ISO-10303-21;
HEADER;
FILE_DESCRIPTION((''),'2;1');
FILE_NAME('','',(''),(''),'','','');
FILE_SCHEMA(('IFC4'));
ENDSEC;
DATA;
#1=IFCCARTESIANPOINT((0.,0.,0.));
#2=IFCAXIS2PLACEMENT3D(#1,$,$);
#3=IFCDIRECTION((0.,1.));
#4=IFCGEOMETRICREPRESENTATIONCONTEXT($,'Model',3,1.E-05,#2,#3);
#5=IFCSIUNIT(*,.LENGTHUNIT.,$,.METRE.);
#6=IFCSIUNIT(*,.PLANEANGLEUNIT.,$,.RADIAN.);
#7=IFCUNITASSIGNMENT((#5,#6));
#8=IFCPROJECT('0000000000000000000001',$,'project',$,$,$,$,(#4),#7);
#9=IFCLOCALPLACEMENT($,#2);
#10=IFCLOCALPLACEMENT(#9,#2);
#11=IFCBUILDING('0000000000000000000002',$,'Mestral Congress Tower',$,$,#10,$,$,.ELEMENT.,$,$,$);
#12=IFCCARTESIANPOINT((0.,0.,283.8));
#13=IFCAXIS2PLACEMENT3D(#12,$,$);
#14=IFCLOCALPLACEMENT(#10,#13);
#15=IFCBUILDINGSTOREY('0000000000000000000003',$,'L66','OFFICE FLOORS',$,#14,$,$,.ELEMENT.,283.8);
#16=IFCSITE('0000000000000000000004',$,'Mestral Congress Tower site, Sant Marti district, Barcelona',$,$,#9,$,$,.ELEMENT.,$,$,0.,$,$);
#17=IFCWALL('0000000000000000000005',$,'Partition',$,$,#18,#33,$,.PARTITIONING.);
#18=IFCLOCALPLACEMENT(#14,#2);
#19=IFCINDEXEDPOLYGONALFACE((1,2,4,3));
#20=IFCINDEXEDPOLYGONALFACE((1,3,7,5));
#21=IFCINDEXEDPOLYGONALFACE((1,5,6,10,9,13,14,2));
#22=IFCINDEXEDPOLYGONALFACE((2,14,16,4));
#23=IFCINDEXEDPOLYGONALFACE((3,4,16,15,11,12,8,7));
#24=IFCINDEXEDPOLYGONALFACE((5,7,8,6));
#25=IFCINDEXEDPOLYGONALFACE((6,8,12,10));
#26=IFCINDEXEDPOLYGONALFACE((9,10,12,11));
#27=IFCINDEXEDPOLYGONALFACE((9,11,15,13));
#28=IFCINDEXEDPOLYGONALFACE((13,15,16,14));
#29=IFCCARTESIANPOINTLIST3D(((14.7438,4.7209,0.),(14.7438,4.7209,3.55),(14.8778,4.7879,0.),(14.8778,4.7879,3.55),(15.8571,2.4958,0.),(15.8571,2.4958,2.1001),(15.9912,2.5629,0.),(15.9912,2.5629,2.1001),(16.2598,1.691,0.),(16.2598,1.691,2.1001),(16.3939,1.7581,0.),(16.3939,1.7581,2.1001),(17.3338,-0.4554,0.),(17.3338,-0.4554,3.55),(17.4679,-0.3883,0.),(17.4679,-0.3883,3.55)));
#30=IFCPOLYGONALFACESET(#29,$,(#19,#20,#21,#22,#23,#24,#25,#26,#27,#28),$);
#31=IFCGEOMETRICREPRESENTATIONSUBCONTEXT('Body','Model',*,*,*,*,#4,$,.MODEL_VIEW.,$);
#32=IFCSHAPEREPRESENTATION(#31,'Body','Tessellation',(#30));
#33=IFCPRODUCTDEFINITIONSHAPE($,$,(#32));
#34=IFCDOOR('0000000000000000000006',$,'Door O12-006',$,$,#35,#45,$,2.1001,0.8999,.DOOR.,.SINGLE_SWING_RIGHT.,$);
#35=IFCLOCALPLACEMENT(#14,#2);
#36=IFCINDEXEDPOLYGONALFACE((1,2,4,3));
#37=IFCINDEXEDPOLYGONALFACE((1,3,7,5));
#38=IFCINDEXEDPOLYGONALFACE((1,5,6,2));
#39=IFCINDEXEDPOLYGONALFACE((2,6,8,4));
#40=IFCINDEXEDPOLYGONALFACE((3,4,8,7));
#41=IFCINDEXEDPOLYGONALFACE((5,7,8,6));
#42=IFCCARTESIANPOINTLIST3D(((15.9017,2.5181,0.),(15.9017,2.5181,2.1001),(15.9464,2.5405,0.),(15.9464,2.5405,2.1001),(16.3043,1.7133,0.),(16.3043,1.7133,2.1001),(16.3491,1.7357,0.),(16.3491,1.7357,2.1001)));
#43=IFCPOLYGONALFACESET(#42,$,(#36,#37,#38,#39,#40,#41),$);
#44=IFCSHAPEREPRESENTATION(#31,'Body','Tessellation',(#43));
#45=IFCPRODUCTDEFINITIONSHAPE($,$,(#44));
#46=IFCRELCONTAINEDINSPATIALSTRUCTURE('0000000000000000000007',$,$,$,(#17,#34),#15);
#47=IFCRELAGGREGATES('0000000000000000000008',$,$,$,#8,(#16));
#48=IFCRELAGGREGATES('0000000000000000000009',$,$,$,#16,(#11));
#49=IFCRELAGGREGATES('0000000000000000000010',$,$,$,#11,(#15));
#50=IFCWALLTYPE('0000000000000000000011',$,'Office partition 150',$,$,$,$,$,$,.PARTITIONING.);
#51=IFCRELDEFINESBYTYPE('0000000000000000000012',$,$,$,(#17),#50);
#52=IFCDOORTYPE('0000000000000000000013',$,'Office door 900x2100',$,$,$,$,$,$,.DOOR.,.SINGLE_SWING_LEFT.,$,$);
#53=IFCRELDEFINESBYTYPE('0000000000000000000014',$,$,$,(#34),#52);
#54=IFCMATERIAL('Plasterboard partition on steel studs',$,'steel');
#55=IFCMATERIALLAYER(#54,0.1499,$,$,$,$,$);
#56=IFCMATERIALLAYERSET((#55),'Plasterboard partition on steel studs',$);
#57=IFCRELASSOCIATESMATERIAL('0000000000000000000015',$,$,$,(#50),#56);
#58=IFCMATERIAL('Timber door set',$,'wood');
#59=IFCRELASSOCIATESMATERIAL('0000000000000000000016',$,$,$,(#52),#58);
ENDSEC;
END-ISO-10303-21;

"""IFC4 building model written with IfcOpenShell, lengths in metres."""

from ifc_helpers import new_model, si_unit, direction, frame, frame_2d, origin, place, context, subcontext, project, spatial, rectangle, extrude, material, layer, layer_set, type_object, element, fill, save


model = new_model("IFC4")

# Units and contexts
model_context = context("Model", 3, precision=1e-05, world=origin(), true_north=direction((0.0, 1.0)))
body_context = subcontext(model_context, "Body", "Model", "MODEL_VIEW")
ifc_project = project(units=[si_unit("LENGTHUNIT", "METRE"), si_unit("PLANEANGLEUNIT", "RADIAN")], contexts=[model_context])

# Site, building, storey
site_placement = place(None, origin())
site = spatial("IfcSite", under=ifc_project, at=site_placement, Name="Mestral Congress Tower site, Sant Marti district, Barcelona", CompositionType="ELEMENT", RefElevation=0.0)
building_placement = place(site_placement, origin())
building = spatial("IfcBuilding", under=site, at=building_placement, Name="Mestral Congress Tower", CompositionType="ELEMENT")
storey_placement = place(building_placement, frame((0.0, 0.0, 283.8)))
storey = spatial("IfcBuildingStorey", under=building, at=storey_placement, Name="L66", Description="OFFICE FLOORS", CompositionType="ELEMENT", Elevation=283.8)

# Shared definitions
ifc_material_1 = material(Name="Plasterboard partition on steel studs", Category="steel")
ifc_layer_1 = layer(ifc_material_1, 0.1499)
ifc_layer_set_1 = layer_set([ifc_layer_1], Name="Plasterboard partition on steel studs")
wall_type_1 = type_object("IfcWallType", Name="Office partition 150", PredefinedType="PARTITIONING", material=ifc_layer_set_1)

# Wall, opening, door
wall_1_placement = place(storey_placement, frame((14.8108, 4.7544, 0.0), z_axis=(0.0, 0.0, 1.0), x_axis=(0.447484, -0.894292, 0.0)))
wall_1 = element("IfcWall", 1, at=wall_1_placement, inside=storey, type_object=wall_type_1, Name="Partition", PredefinedType="PARTITIONING", context=body_context, shape_type="SweptSolid", body=[
    extrude(rectangle(XDim=5.7881, YDim=0.1499, at=frame_2d((2.894, 0.0))), origin(), (0.0, 0.0, 1.0), 3.55),
])
opening_1_placement = place(wall_1_placement, frame((2.488, 0.0, 0.0)))
opening_1 = element("IfcOpeningElement", 2, at=opening_1_placement, cuts=wall_1, PredefinedType="OPENING", context=body_context, shape_type="SweptSolid", body=[
    extrude(rectangle(XDim=0.8999, YDim=2.1001, at=frame_2d((0.45, 1.05))), frame((0.0, 0.085, 0.0), z_axis=(0.0, -1.0, 0.0), x_axis=(1.0, 0.0, 0.0)), (0.0, 0.0, 1.0), 0.1699),
])
ifc_material_2 = material(Name="Timber door set", Category="wood")
door_type = type_object("IfcDoorType", Name="Office door 900x2100", OperationType="SINGLE_SWING_LEFT", PredefinedType="DOOR", material=ifc_material_2)
door_placement = place(opening_1_placement, origin())
door = element("IfcDoor", 3, at=door_placement, inside=storey, type_object=door_type, Name="Door O12-006", OperationType="SINGLE_SWING_RIGHT", OverallHeight=2.1001, OverallWidth=0.8999, PredefinedType="DOOR", context=body_context, shape_type="SweptSolid", body=[
    extrude(rectangle(XDim=0.8999, YDim=2.1001, at=frame_2d((0.45, 1.05))), frame((0.0, 0.0249, 0.0), z_axis=(0.0, -1.0, 0.0), x_axis=(1.0, 0.0, 0.0)), (0.0, 0.0, 1.0), 0.05),
])
fill(opening_1, door)

save(model, "model.ifc")
